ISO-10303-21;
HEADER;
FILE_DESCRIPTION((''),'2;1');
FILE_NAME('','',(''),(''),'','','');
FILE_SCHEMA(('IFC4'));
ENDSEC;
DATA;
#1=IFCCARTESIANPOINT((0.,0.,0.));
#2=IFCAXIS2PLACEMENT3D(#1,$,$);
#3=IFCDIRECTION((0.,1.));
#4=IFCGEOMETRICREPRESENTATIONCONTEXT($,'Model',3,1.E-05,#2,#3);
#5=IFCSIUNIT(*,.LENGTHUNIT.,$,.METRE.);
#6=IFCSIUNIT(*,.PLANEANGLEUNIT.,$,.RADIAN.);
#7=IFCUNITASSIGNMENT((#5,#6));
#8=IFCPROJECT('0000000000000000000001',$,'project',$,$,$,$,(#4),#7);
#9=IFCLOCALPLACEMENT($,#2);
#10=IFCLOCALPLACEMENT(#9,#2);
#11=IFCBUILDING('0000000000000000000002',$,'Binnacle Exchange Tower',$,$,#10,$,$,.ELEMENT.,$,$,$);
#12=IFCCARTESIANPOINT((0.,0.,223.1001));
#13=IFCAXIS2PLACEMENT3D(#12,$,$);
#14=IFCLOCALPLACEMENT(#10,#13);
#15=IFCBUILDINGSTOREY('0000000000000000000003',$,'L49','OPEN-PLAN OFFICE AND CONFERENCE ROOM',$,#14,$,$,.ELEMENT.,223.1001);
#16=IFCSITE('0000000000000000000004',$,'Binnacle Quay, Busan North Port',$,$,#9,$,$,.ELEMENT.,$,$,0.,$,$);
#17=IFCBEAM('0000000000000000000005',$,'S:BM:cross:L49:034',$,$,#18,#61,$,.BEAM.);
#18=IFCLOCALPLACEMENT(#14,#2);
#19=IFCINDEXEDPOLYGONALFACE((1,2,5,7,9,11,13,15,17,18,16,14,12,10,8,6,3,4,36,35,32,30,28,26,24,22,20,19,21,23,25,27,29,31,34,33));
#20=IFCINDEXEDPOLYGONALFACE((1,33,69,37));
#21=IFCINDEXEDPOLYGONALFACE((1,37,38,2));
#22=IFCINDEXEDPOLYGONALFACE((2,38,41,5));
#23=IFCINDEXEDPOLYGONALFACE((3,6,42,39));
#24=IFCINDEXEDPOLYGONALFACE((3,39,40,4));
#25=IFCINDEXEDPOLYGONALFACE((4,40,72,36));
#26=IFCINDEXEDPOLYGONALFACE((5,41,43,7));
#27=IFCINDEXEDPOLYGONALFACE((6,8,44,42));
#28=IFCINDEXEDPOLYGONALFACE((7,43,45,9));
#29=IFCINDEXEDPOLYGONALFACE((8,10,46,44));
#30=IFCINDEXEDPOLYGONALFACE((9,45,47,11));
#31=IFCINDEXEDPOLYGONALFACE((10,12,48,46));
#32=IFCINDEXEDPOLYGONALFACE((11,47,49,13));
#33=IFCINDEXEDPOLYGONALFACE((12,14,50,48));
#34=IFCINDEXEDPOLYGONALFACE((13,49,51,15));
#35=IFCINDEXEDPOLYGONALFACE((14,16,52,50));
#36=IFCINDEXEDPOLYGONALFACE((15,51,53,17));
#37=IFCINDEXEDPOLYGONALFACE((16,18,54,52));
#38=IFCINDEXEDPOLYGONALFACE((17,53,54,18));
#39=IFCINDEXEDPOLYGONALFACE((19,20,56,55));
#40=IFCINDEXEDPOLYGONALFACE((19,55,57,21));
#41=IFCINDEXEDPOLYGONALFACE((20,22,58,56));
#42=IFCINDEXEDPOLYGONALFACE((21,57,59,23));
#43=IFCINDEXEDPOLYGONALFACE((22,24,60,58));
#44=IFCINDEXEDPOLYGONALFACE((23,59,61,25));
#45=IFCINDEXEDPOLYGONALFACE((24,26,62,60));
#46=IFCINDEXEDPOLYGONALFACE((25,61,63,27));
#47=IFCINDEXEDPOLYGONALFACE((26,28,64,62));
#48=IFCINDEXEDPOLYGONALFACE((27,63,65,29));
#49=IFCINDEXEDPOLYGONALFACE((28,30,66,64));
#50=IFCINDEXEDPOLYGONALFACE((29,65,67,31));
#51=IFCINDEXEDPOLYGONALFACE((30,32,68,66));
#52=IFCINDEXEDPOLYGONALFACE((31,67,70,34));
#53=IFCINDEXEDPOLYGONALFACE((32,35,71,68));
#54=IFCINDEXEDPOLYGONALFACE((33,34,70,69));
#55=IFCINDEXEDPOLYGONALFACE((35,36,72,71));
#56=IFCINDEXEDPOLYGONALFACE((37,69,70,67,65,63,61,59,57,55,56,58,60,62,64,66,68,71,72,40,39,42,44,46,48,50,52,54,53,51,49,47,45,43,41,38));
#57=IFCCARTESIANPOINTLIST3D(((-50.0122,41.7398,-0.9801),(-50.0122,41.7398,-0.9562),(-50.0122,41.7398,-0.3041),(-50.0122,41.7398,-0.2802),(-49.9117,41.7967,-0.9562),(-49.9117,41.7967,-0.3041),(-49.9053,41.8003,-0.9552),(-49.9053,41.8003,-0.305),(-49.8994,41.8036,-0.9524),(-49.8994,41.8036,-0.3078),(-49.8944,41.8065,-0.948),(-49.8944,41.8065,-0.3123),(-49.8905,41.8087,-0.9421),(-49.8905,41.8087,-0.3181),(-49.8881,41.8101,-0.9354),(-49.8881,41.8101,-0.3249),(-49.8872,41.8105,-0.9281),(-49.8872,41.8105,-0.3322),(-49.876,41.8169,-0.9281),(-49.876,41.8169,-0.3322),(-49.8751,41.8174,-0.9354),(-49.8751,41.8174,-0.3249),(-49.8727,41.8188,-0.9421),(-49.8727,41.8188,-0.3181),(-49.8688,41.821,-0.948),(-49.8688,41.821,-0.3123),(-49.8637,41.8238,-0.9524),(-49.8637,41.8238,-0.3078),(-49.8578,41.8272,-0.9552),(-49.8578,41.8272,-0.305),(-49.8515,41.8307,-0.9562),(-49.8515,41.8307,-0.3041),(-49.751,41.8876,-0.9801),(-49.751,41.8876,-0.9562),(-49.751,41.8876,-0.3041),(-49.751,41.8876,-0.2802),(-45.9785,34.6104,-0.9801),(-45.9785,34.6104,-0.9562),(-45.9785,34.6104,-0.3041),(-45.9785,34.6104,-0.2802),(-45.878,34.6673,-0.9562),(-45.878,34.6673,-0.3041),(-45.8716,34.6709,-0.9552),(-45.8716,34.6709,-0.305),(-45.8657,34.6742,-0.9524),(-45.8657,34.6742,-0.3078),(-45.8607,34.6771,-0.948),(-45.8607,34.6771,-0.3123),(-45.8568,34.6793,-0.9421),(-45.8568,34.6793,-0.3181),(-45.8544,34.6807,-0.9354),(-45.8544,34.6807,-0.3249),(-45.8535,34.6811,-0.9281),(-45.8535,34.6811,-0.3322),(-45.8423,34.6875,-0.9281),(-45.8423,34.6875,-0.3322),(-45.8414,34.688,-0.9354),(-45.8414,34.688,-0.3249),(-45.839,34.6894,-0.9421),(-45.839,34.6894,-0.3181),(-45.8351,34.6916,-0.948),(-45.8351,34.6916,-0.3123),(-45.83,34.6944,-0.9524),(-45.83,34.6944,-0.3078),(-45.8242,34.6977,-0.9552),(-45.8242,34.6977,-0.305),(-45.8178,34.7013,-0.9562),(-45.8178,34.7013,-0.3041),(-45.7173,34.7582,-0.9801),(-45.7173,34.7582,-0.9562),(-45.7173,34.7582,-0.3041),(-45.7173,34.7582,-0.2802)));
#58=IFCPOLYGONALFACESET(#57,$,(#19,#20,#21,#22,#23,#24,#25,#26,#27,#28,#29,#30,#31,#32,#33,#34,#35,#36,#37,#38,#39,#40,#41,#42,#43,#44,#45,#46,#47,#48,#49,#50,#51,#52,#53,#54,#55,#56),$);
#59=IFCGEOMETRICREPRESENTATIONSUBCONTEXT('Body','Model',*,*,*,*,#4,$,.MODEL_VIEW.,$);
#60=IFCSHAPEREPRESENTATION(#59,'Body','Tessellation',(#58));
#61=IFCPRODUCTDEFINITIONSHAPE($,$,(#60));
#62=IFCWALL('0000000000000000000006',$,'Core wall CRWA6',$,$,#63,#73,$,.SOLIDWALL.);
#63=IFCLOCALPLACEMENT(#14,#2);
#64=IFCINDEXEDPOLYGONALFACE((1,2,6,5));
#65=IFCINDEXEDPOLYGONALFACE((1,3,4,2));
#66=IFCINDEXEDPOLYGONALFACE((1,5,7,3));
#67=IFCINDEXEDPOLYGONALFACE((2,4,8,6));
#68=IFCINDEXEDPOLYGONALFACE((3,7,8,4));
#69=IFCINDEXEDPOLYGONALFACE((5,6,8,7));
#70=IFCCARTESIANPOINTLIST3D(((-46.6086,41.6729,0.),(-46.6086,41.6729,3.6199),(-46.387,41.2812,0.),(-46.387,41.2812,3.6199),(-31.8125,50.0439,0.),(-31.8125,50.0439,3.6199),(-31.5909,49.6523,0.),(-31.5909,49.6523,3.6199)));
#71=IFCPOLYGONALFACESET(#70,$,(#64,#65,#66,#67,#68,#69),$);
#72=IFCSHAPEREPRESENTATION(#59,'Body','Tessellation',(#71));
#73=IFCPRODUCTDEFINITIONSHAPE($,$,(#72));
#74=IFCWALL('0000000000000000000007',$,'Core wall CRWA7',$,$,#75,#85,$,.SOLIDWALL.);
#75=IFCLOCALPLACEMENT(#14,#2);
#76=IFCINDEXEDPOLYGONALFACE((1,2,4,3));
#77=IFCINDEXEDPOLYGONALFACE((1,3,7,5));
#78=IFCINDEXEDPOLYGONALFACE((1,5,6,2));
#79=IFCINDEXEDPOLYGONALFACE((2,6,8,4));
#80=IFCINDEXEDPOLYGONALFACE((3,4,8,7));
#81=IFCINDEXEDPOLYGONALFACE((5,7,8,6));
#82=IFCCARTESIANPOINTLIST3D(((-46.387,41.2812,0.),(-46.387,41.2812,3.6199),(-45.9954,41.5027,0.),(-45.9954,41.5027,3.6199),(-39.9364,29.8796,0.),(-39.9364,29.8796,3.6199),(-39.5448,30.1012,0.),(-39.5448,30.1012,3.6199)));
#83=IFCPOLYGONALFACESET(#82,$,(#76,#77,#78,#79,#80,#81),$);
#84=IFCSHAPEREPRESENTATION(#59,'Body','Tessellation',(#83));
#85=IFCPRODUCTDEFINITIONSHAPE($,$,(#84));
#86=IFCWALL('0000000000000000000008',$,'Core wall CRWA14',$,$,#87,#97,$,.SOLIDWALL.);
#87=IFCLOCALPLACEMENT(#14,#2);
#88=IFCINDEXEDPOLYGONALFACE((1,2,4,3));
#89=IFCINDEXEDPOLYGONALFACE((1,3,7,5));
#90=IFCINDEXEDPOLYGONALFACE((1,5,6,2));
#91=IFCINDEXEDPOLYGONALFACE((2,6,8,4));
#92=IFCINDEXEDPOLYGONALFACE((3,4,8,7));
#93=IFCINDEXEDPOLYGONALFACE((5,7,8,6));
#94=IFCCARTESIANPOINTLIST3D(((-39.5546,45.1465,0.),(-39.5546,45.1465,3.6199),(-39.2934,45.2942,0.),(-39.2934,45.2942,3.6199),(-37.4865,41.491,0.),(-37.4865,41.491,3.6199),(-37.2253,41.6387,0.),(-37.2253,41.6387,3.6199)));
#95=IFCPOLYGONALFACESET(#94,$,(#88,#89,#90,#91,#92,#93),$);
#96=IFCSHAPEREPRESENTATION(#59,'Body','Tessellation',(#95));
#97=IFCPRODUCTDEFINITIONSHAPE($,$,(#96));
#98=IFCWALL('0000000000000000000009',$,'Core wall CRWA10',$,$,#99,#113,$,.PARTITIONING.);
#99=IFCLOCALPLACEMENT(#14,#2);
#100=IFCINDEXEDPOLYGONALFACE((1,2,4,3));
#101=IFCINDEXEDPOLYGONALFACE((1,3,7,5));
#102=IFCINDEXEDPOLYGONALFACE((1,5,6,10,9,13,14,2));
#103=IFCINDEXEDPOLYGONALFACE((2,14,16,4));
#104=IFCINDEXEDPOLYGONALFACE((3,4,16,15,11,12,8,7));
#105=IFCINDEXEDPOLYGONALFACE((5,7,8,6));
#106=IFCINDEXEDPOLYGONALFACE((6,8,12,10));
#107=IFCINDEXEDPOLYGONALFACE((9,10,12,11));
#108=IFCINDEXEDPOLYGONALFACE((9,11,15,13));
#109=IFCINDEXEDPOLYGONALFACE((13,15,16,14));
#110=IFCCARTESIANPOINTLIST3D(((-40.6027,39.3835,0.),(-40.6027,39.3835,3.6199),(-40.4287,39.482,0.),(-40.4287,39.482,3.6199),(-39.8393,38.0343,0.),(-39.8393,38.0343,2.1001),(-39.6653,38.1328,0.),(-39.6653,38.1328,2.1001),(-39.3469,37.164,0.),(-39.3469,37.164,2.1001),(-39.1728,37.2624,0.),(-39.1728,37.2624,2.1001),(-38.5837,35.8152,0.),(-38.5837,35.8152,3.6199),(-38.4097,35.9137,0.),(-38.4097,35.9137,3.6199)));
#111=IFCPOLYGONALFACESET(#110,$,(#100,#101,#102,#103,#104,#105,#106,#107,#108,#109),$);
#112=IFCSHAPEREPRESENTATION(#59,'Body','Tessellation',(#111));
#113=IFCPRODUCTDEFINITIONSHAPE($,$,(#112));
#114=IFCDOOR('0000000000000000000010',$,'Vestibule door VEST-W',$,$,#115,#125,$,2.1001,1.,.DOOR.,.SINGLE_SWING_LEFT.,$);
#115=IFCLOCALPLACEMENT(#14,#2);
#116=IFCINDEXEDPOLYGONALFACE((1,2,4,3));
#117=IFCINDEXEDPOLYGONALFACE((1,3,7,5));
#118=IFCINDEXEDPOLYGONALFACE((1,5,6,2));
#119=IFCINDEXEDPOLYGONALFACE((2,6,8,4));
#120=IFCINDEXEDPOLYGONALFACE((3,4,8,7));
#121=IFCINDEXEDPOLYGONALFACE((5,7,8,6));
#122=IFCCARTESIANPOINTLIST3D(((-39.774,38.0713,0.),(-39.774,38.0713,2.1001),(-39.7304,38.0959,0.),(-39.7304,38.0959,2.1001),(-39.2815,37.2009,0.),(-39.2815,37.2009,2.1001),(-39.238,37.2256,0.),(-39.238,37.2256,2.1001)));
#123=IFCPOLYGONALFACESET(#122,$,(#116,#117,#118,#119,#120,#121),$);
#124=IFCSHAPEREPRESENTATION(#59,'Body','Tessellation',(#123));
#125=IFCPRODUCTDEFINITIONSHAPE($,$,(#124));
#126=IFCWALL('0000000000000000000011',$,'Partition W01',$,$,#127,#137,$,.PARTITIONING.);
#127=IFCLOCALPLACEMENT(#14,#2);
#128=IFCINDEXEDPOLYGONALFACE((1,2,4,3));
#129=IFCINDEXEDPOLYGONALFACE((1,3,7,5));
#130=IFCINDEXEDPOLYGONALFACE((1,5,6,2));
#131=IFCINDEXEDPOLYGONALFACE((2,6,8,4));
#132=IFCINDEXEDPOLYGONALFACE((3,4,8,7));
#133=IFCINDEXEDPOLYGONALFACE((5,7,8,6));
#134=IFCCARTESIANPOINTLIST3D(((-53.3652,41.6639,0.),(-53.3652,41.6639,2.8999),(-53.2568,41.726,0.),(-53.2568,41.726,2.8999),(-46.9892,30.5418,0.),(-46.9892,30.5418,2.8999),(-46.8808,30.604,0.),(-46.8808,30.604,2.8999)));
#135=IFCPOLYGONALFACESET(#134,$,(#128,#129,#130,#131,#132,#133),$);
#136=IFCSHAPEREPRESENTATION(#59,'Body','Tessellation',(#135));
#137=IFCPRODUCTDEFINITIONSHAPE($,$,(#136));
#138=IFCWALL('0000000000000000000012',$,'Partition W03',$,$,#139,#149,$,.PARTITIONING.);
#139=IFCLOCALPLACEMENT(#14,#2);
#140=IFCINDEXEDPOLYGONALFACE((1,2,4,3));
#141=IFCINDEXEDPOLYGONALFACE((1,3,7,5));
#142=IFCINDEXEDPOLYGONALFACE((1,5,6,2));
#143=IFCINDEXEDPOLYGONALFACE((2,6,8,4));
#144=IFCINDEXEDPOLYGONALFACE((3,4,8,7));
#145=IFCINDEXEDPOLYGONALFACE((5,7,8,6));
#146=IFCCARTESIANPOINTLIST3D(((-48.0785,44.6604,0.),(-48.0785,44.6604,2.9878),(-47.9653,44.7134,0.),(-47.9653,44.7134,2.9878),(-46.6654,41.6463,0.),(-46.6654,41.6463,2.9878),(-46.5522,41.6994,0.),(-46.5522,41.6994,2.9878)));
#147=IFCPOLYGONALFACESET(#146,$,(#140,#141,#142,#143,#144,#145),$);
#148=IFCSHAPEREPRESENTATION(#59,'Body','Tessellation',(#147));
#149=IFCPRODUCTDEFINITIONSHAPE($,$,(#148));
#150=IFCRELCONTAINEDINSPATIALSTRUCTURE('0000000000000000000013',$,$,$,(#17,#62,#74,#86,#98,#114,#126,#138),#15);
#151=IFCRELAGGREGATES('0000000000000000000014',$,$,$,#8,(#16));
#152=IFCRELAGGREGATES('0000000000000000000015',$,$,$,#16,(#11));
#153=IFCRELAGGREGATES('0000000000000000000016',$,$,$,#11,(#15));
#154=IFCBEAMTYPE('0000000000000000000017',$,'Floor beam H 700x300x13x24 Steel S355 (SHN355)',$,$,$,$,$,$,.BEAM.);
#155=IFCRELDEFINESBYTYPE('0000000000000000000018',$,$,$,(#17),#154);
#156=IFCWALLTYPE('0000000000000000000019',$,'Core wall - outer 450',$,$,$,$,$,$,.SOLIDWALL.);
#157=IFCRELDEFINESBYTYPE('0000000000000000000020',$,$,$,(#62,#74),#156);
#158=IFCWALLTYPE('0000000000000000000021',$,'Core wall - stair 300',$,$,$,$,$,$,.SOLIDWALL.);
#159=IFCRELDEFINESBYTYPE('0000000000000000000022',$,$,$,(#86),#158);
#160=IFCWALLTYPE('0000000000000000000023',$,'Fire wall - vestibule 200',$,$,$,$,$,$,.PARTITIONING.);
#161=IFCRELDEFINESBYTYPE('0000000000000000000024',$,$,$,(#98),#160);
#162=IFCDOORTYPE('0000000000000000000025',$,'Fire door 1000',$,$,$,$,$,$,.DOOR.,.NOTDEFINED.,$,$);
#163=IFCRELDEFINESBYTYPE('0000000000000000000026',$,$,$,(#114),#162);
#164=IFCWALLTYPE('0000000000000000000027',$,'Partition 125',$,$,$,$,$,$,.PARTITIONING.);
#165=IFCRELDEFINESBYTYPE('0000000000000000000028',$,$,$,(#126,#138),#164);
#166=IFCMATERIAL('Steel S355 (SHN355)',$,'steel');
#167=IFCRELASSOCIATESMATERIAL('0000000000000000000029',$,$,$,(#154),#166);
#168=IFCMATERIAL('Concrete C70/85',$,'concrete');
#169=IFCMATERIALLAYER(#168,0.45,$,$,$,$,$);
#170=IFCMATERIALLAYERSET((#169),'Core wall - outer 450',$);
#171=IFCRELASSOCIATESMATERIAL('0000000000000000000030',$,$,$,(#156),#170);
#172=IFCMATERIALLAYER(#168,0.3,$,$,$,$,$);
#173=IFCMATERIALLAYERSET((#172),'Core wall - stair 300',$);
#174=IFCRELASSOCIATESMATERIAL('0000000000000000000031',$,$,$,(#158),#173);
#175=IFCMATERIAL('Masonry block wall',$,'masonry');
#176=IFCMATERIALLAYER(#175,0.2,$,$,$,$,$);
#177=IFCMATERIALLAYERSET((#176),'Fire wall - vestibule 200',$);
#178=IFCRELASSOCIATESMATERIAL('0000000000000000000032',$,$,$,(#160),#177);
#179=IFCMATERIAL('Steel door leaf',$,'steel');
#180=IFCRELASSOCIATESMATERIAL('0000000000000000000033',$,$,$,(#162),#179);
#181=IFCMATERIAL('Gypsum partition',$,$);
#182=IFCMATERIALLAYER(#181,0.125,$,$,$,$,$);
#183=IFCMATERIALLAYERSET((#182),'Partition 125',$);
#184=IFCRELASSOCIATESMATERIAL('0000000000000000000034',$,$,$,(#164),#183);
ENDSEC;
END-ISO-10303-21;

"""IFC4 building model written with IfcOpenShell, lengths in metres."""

from ifc_helpers import new_model, si_unit, direction, frame, frame_2d, origin, origin_2d, place, context, subcontext, project, spatial, rectangle, i_section, extrude, material, layer, layer_set, material_profile, profile_set, type_object, element, fill, save


model = new_model("IFC4")

# Units and contexts
model_context = context("Model", 3, precision=1e-05, world=origin(), true_north=direction((0.0, 1.0)))
body_context = subcontext(model_context, "Body", "Model", "MODEL_VIEW")
ifc_project = project(units=[si_unit("LENGTHUNIT", "METRE"), si_unit("PLANEANGLEUNIT", "RADIAN")], contexts=[model_context])

# Site, building, storey
site_placement = place(None, origin())
site = spatial("IfcSite", under=ifc_project, at=site_placement, Name="Binnacle Quay, Busan North Port", CompositionType="ELEMENT", RefElevation=0.0)
building_placement = place(site_placement, origin())
building = spatial("IfcBuilding", under=site, at=building_placement, Name="Binnacle Exchange Tower", CompositionType="ELEMENT")
storey_placement = place(building_placement, frame((0.0, 0.0, 223.1001)))
storey = spatial("IfcBuildingStorey", under=building, at=storey_placement, Name="L49", Description="OPEN-PLAN OFFICE AND CONFERENCE ROOM", CompositionType="ELEMENT", Elevation=223.1001)

# Beam
ifc_material_1 = material(Name="Steel S355 (SHN355)", Category="steel")
ifc_material_profile_1 = material_profile(ifc_material_1, i_section(OverallWidth=0.3, OverallDepth=0.7, WebThickness=0.0129, FlangeThickness=0.0239, FilletRadius=0.0281, at=origin_2d()), Name="H 700x300x13x24")
ifc_profile_set_1 = profile_set([ifc_material_profile_1], Name="Steel S355 (SHN355)")
beam_type_1 = type_object("IfcBeamType", Name="Floor beam H 700x300x13x24 Steel S355 (SHN355)", PredefinedType="BEAM", material=ifc_profile_set_1)
beam_1_placement = place(storey_placement, frame((-49.8816, 41.8137, -0.6301), z_axis=(0.49243, -0.870352, 0.0), x_axis=(0.870352, 0.49243, 0.0)))
element("IfcBeam", 1, at=beam_1_placement, inside=storey, type_object=beam_type_1, Name="S:BM:cross:L49:034", PredefinedType="BEAM", context=body_context, shape_type="SweptSolid", body=[
    extrude(i_section(OverallWidth=0.3, OverallDepth=0.7, WebThickness=0.0129, FlangeThickness=0.0239, FilletRadius=0.0281, at=origin_2d()), origin(), (0.0, 0.0, 1.0), 8.1914),
])

# Walls
ifc_material_2 = material(Name="Concrete C70/85", Category="concrete")
ifc_layer_1 = layer(ifc_material_2, 0.45)
ifc_layer_set_1 = layer_set([ifc_layer_1], Name="Core wall - outer 450")
wall_type_1 = type_object("IfcWallType", Name="Core wall - outer 450", PredefinedType="SOLIDWALL", material=ifc_layer_set_1)
wall_1_placement = place(storey_placement, frame((-46.4978, 41.4771, 0.0), z_axis=(0.0, 0.0, 1.0), x_axis=(0.87036, 0.492416, 0.0)))
element("IfcWall", 2, at=wall_1_placement, inside=storey, type_object=wall_type_1, Name="Core wall CRWA6", PredefinedType="SOLIDWALL", context=body_context, shape_type="SweptSolid", body=[
    extrude(rectangle(XDim=17.0, YDim=0.45, at=frame_2d((8.5, 0.0))), origin(), (0.0, 0.0, 1.0), 3.6199),
])
wall_2_placement = place(storey_placement, frame((-46.1912, 41.3918, 0.0), z_axis=(0.0, 0.0, 1.0), x_axis=(0.492421, -0.870357, 0.0)))
element("IfcWall", 3, at=wall_2_placement, inside=storey, type_object=wall_type_1, Name="Core wall CRWA7", PredefinedType="SOLIDWALL", context=body_context, shape_type="SweptSolid", body=[
    extrude(rectangle(XDim=13.0999, YDim=0.45, at=frame_2d((6.5498, 0.0))), origin(), (0.0, 0.0, 1.0), 3.6199),
])
ifc_layer_2 = layer(ifc_material_2, 0.3)
ifc_layer_set_2 = layer_set([ifc_layer_2], Name="Core wall - stair 300")
wall_type_2 = type_object("IfcWallType", Name="Core wall - stair 300", PredefinedType="SOLIDWALL", material=ifc_layer_set_2)
wall_3_placement = place(storey_placement, frame((-39.4241, 45.2205, 0.0), z_axis=(0.0, 0.0, 1.0), x_axis=(0.49241, -0.870364, 0.0)))
element("IfcWall", 4, at=wall_3_placement, inside=storey, type_object=wall_type_2, Name="Core wall CRWA14", PredefinedType="SOLIDWALL", context=body_context, shape_type="SweptSolid", body=[
    extrude(rectangle(XDim=4.2, YDim=0.3, at=frame_2d((2.1001, 0.0))), origin(), (0.0, 0.0, 1.0), 3.6199),
])

# Wall, opening, door
ifc_material_3 = material(Name="Masonry block wall", Category="masonry")
ifc_layer_3 = layer(ifc_material_3, 0.2)
ifc_layer_set_3 = layer_set([ifc_layer_3], Name="Fire wall - vestibule 200")
wall_type_3 = type_object("IfcWallType", Name="Fire wall - vestibule 200", PredefinedType="PARTITIONING", material=ifc_layer_set_3)
wall_4_placement = place(storey_placement, frame((-40.5156, 39.4326, 0.0), z_axis=(0.0, 0.0, 1.0), x_axis=(0.492454, -0.870339, 0.0)))
wall_4 = element("IfcWall", 5, at=wall_4_placement, inside=storey, type_object=wall_type_3, Name="Core wall CRWA10", PredefinedType="PARTITIONING", context=body_context, shape_type="SweptSolid", body=[
    extrude(rectangle(XDim=4.0999, YDim=0.2, at=frame_2d((2.0498, 0.0))), origin(), (0.0, 0.0, 1.0), 3.6199),
])
opening_placement = place(wall_4_placement, frame((1.55, 0.0, 0.0)))
opening = element("IfcOpeningElement", 6, at=opening_placement, cuts=wall_4, PredefinedType="OPENING", context=body_context, shape_type="SweptSolid", body=[
    extrude(rectangle(XDim=1.0, YDim=2.1001, at=frame_2d((0.5, 1.05))), frame((0.0, 0.1099, 0.0), z_axis=(0.0, -1.0, 0.0), x_axis=(1.0, 0.0, 0.0)), (0.0, 0.0, 1.0), 0.22),
])
ifc_material_4 = material(Name="Steel door leaf", Category="steel")
door_type = type_object("IfcDoorType", Name="Fire door 1000", OperationType="NOTDEFINED", PredefinedType="DOOR", material=ifc_material_4)
door_placement = place(opening_placement, frame((1.0, 0.0, 0.0), z_axis=(0.0, 0.0, 1.0), x_axis=(-1.0, 0.0, 0.0)))
door = element("IfcDoor", 7, at=door_placement, inside=storey, type_object=door_type, Name="Vestibule door VEST-W", OperationType="SINGLE_SWING_LEFT", OverallHeight=2.1001, OverallWidth=1.0, PredefinedType="DOOR", context=body_context, shape_type="SweptSolid", body=[
    extrude(rectangle(XDim=1.0, YDim=2.1001, at=frame_2d((0.5, 1.05))), frame((0.0, 0.0249, 0.0), z_axis=(0.0, -1.0, 0.0), x_axis=(1.0, 0.0, 0.0)), (0.0, 0.0, 1.0), 0.05),
])
fill(opening, door)

# Walls
ifc_material_5 = material(Name="Gypsum partition")
ifc_layer_4 = layer(ifc_material_5, 0.125)
ifc_layer_set_4 = layer_set([ifc_layer_4], Name="Partition 125")
wall_type_4 = type_object("IfcWallType", Name="Partition 125", PredefinedType="PARTITIONING", material=ifc_layer_set_4)
wall_5_placement = place(storey_placement, frame((-53.311, 41.6951, 0.0), z_axis=(0.0, 0.0, 1.0), x_axis=(0.497344, -0.867553, 0.0)))
element("IfcWall", 8, at=wall_5_placement, inside=storey, type_object=wall_type_4, Name="Partition W01", PredefinedType="PARTITIONING", context=body_context, shape_type="SweptSolid", body=[
    extrude(rectangle(XDim=12.8201, YDim=0.125, at=frame_2d((6.4102, 0.0))), origin(), (0.0, 0.0, 1.0), 2.8999),
])
wall_6_placement = place(storey_placement, frame((-48.022, 44.687, 0.0), z_axis=(0.0, 0.0, 1.0), x_axis=(0.424511, -0.905423, 0.0)))
element("IfcWall", 9, at=wall_6_placement, inside=storey, type_object=wall_type_4, Name="Partition W03", PredefinedType="PARTITIONING", context=body_context, shape_type="SweptSolid", body=[
    extrude(rectangle(XDim=3.3289, YDim=0.125, at=frame_2d((1.6646, 0.0))), origin(), (0.0, 0.0, 1.0), 2.9878),
])

save(model, "model.ifc")
